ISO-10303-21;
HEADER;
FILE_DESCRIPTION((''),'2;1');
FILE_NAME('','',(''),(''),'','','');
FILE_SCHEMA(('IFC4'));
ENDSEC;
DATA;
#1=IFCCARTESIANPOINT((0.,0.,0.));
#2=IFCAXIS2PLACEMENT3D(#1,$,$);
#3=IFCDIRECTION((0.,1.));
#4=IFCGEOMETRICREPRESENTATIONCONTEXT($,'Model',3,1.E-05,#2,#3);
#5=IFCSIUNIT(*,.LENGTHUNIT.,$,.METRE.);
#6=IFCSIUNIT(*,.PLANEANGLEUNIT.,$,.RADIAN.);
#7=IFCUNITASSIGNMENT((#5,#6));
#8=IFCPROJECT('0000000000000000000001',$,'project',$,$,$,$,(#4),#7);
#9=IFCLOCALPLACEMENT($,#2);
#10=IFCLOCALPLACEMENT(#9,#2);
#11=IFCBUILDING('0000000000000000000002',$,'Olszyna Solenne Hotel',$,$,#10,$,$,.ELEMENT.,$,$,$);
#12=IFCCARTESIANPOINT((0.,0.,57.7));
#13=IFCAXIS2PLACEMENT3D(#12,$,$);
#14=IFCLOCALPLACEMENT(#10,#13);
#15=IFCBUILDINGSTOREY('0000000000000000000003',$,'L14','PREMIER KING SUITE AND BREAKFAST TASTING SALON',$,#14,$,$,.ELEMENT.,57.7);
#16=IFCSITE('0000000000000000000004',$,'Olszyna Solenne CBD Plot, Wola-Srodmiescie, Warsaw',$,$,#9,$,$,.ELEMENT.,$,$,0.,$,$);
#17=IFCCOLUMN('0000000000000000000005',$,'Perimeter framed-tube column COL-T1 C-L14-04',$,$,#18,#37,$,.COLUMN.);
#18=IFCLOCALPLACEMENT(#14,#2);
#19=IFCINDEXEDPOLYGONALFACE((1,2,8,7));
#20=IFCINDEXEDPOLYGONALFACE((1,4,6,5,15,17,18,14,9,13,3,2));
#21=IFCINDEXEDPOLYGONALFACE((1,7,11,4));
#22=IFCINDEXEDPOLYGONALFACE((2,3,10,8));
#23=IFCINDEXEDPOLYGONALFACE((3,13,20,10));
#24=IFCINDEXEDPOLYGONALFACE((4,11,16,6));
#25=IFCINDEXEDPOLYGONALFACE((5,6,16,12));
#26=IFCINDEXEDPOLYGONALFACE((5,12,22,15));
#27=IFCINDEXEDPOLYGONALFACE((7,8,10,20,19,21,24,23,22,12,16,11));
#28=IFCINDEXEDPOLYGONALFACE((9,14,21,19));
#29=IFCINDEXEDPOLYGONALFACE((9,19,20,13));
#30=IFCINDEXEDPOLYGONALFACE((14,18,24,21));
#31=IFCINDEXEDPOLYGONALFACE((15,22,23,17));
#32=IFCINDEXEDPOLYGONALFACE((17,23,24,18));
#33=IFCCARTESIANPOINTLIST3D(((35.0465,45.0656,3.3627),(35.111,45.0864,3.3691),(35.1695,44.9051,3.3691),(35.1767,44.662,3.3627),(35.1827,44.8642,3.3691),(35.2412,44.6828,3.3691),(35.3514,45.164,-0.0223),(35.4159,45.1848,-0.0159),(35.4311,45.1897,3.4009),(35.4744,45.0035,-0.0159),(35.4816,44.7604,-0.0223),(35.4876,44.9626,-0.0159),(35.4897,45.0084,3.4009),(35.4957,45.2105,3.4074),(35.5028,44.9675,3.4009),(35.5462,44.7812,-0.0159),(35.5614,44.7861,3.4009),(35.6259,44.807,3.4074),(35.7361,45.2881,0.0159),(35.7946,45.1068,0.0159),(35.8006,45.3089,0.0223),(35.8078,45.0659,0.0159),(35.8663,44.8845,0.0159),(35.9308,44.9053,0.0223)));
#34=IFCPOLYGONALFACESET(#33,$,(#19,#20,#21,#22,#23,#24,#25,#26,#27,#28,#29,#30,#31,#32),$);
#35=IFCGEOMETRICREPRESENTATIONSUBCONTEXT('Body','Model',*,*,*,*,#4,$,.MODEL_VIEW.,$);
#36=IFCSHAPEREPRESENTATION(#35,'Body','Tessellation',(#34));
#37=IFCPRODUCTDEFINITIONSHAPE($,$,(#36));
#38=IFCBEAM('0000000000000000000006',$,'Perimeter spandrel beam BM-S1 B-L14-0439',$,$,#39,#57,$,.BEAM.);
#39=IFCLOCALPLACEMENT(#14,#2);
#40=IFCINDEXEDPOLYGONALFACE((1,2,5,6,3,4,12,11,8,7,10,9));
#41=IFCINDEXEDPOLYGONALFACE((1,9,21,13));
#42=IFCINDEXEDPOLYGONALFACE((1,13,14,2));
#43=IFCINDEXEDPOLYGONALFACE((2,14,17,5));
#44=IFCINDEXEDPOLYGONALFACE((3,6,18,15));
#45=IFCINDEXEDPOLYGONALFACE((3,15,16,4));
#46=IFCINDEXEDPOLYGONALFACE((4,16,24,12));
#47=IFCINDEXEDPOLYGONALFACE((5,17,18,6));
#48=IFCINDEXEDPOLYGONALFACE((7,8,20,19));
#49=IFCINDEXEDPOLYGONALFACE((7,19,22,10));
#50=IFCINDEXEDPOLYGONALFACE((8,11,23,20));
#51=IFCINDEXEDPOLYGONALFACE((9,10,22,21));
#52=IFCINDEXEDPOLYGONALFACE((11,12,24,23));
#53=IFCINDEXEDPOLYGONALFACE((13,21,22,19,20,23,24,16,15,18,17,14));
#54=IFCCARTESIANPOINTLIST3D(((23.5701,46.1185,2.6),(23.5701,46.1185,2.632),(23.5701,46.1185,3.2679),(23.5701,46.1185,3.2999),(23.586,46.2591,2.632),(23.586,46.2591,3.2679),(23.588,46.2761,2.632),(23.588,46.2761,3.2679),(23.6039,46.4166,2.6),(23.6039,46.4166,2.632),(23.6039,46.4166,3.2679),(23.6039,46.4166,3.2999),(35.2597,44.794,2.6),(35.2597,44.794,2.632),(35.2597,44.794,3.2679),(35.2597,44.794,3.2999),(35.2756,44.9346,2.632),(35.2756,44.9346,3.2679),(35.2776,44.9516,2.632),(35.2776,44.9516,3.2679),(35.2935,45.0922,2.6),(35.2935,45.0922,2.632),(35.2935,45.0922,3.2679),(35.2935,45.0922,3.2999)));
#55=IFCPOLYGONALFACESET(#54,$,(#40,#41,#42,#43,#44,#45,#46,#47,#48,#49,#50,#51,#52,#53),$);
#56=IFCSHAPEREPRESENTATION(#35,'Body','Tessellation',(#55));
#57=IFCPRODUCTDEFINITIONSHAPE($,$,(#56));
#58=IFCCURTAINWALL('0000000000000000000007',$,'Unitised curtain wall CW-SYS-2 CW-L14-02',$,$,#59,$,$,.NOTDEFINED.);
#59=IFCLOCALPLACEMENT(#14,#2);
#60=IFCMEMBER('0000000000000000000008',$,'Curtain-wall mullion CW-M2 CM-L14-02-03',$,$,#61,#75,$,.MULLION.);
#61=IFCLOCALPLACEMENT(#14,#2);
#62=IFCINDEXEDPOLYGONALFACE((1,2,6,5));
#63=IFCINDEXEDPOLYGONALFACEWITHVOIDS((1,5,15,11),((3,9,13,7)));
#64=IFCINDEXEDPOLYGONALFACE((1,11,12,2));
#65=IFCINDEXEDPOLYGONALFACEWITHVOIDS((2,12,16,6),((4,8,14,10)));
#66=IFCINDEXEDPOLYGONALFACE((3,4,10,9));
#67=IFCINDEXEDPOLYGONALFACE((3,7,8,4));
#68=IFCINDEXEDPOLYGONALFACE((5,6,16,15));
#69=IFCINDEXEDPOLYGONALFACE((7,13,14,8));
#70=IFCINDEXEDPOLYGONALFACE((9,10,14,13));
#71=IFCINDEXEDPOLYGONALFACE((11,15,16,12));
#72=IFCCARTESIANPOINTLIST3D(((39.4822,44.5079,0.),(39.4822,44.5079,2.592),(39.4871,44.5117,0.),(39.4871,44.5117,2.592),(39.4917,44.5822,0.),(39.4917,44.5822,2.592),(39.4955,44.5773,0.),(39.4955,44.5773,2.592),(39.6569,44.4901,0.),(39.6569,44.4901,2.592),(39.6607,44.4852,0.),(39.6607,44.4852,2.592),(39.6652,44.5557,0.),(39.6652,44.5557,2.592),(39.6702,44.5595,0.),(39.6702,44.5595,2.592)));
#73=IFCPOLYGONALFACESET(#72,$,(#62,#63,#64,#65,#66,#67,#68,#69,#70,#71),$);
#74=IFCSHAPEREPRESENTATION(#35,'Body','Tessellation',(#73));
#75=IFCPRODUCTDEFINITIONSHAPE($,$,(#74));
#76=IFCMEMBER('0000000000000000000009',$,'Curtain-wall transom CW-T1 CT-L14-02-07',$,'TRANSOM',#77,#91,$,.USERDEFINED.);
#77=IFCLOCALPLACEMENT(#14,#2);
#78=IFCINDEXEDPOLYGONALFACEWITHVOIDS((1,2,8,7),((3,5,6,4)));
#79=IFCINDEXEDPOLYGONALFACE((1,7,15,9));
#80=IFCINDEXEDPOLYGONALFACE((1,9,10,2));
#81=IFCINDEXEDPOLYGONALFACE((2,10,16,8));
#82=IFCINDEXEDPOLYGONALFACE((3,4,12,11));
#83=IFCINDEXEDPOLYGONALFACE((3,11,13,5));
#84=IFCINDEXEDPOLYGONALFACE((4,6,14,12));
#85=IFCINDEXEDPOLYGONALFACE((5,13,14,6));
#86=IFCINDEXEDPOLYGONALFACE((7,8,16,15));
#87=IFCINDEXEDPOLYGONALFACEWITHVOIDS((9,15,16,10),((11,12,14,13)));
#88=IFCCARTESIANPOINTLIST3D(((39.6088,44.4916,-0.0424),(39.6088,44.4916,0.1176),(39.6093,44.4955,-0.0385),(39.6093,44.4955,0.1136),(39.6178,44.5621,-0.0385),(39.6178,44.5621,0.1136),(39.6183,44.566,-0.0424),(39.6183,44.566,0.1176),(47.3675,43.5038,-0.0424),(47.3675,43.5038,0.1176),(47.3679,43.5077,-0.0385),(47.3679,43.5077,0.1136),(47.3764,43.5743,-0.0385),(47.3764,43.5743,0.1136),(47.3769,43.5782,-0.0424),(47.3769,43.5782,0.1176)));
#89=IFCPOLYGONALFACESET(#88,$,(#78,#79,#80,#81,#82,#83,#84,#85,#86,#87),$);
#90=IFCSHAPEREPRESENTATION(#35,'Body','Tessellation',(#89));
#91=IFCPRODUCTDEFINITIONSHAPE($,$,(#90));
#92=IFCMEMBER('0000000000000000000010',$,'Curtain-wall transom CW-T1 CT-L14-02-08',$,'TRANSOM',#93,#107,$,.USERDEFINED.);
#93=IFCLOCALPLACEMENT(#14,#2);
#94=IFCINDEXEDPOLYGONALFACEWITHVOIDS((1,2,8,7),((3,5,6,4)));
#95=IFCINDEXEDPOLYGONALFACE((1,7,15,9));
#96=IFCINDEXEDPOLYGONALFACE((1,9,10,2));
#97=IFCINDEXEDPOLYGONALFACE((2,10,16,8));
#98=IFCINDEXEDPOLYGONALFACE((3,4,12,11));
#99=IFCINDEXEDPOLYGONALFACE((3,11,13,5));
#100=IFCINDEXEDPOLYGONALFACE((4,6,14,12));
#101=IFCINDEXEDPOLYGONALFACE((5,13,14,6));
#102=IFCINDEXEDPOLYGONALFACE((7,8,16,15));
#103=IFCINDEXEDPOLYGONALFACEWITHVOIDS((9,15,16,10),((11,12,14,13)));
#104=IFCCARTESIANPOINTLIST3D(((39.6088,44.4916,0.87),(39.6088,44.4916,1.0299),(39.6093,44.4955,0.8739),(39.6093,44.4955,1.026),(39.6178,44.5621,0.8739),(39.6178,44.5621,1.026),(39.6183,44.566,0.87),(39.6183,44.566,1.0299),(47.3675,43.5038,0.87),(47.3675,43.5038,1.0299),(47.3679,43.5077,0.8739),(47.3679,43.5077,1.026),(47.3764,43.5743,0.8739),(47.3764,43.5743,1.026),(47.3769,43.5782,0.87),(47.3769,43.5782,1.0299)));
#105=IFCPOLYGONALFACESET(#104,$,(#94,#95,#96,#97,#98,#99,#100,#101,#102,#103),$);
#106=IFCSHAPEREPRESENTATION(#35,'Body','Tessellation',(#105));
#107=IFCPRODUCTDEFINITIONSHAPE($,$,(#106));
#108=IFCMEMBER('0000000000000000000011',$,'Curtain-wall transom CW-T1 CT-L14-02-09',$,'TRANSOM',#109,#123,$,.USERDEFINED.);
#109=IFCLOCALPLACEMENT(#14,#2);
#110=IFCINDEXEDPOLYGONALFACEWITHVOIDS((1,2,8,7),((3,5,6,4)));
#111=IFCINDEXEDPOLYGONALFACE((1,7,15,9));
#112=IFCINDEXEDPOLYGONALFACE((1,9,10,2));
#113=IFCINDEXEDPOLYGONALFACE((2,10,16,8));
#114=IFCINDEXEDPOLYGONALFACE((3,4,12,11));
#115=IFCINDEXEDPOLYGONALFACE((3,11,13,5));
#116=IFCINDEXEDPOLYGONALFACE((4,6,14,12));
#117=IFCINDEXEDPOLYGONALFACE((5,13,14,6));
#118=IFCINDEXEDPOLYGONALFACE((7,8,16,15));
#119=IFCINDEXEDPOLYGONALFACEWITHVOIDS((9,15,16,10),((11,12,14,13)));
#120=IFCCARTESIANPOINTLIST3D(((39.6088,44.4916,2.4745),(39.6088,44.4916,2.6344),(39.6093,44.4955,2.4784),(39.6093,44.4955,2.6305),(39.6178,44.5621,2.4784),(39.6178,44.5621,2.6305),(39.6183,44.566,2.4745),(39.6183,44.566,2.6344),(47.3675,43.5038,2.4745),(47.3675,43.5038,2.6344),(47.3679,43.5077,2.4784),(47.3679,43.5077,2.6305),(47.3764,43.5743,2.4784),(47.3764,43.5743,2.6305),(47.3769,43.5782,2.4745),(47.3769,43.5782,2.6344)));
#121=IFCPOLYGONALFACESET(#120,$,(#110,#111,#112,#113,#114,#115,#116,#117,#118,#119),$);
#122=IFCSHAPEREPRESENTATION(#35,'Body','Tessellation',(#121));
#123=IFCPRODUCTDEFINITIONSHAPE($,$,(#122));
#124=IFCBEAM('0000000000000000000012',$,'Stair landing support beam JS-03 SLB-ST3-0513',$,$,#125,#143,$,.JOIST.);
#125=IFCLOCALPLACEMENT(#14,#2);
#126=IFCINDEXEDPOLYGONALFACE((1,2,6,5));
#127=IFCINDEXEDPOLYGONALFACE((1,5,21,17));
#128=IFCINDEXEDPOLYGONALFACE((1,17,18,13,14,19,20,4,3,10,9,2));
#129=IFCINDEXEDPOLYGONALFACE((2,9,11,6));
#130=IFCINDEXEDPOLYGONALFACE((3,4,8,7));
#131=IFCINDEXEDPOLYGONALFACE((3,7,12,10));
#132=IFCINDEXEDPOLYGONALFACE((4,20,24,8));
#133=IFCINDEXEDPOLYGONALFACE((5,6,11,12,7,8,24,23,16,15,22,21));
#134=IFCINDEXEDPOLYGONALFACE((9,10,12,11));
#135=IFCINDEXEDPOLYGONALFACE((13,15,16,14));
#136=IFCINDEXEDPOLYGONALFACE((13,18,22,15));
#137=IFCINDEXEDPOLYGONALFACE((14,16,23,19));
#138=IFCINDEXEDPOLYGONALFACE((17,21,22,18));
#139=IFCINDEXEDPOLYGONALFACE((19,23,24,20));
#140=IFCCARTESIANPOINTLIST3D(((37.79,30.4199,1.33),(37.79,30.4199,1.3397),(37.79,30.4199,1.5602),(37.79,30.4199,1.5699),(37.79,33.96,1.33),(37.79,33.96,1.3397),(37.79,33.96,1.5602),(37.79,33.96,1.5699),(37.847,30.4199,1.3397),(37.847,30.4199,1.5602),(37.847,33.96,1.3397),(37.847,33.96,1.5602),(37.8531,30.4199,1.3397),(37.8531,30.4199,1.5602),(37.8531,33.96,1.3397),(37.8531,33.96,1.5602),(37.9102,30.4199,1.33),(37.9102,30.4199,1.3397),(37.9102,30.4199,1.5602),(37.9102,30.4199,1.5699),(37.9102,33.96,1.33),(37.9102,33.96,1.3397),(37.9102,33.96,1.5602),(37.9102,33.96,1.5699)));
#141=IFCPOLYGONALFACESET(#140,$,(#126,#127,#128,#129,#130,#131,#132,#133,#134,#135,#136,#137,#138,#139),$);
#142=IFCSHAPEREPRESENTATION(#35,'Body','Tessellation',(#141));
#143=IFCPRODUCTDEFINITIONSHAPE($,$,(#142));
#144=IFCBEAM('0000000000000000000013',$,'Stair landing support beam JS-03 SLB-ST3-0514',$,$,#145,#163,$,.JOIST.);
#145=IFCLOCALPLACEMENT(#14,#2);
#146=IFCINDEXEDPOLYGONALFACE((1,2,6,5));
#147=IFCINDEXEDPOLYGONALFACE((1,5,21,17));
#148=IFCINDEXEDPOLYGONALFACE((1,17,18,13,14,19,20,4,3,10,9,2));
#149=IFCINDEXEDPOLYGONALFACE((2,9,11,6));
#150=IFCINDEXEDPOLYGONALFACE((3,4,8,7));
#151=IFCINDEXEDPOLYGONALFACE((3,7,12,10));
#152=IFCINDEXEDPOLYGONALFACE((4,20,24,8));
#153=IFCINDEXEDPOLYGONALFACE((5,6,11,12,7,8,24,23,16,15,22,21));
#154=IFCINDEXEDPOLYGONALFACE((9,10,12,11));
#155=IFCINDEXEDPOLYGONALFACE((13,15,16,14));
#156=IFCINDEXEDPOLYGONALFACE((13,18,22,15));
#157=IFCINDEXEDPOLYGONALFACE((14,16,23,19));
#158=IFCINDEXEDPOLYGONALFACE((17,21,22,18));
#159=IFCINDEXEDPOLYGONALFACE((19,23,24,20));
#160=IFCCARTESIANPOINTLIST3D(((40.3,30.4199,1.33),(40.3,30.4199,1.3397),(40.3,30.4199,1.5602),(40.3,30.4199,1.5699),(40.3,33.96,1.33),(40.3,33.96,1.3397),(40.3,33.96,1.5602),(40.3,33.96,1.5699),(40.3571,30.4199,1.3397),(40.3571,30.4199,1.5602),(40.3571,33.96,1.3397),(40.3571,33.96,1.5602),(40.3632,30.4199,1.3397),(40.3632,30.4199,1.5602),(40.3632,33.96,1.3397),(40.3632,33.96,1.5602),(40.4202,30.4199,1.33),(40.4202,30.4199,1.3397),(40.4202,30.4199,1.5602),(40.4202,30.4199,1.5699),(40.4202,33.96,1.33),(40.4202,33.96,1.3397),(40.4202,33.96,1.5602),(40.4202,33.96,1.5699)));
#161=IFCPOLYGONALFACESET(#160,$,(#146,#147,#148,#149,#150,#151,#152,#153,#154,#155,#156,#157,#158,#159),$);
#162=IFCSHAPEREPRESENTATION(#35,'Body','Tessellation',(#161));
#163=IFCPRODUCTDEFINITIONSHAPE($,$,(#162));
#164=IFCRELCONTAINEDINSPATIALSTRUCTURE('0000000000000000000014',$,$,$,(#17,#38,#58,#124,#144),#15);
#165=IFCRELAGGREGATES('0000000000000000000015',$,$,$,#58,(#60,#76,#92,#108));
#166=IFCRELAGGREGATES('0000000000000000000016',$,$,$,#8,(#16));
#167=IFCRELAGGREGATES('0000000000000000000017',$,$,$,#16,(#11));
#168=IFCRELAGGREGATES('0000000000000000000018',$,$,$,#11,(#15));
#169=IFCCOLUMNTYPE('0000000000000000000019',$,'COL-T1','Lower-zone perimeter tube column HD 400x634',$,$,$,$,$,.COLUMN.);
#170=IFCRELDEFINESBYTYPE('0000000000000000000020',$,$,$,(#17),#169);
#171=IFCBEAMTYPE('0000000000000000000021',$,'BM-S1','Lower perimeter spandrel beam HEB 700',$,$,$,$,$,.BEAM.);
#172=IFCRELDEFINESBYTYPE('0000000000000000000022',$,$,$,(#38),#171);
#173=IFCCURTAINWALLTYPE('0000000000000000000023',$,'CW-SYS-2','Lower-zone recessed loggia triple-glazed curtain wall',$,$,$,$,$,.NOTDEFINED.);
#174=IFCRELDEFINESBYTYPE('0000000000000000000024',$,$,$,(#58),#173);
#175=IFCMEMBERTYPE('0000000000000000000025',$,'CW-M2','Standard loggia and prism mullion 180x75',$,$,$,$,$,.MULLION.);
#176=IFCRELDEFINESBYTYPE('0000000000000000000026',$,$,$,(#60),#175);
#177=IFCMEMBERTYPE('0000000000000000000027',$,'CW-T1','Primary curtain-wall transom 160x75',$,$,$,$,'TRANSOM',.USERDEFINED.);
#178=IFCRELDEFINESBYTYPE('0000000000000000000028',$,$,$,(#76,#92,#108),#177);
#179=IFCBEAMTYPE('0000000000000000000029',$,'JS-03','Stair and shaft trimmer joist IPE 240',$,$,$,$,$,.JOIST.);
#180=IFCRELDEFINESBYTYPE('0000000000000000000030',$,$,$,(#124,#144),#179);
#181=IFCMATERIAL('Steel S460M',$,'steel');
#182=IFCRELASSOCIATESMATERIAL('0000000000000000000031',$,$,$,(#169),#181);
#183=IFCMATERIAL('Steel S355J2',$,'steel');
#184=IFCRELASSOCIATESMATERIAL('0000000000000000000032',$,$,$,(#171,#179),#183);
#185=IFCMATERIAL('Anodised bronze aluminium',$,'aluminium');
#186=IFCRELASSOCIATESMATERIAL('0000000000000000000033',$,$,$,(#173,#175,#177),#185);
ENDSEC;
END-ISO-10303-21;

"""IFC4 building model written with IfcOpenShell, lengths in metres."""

from ifc_helpers import new_model, si_unit, direction, frame, origin, origin_2d, place, context, subcontext, project, spatial, hollow_rectangle, i_section, extrude, source, transform, mapped, material, material_profile, profile_set, type_object, element, aggregate, save


model = new_model("IFC4")

# Units and contexts
model_context = context("Model", 3, precision=1e-05, world=origin(), true_north=direction((0.0, 1.0)))
body_context = subcontext(model_context, "Body", "Model", "MODEL_VIEW")
ifc_project = project(units=[si_unit("LENGTHUNIT", "METRE"), si_unit("PLANEANGLEUNIT", "RADIAN")], contexts=[model_context])

# Site, building, storey
site_placement = place(None, origin())
site = spatial("IfcSite", under=ifc_project, at=site_placement, Name="Olszyna Solenne CBD Plot, Wola-Srodmiescie, Warsaw", CompositionType="ELEMENT", RefElevation=0.0)
building_placement = place(site_placement, origin())
building = spatial("IfcBuilding", under=site, at=building_placement, Name="Olszyna Solenne Hotel", CompositionType="ELEMENT")
storey_placement = place(building_placement, frame((0.0, 0.0, 57.7)))
storey = spatial("IfcBuildingStorey", under=building, at=storey_placement, Name="L14", Description="PREMIER KING SUITE AND BREAKFAST TASTING SALON", CompositionType="ELEMENT", Elevation=57.7)

# Column
ifc_material_1 = material(Name="Steel S460M", Category="steel")
ifc_material_profile_1 = material_profile(ifc_material_1, i_section(OverallWidth=0.4241, OverallDepth=0.4741, WebThickness=0.043, FlangeThickness=0.0681, at=origin_2d()), Name="HD 400x634", Category="load-bearing")
ifc_profile_set_1 = profile_set([ifc_material_profile_1], Name="Steel S460M")
column_type = type_object("IfcColumnType", Name="COL-T1", Description="Lower-zone perimeter tube column HD 400x634", PredefinedType="COLUMN", material=ifc_profile_set_1)
shared_shape_1 = source(origin(), body_context, "Body", "SweptSolid", [
    extrude(i_section(OverallWidth=0.4241, OverallDepth=0.4741, WebThickness=0.043, FlangeThickness=0.0681, at=origin_2d()), origin(), (0.0, 0.0, 1.0), 3.4001),
])
column_placement = place(storey_placement, frame((35.6411, 45.0347, 0.0), z_axis=(-0.089682, -0.028937, 0.99555), x_axis=(0.30707, -0.951687, 0.0)))
element("IfcColumn", 1, at=column_placement, inside=storey, type_object=column_type, Name="Perimeter framed-tube column COL-T1 C-L14-04", PredefinedType="COLUMN", context=body_context, shape_type="MappedRepresentation", body=[
    mapped(shared_shape_1, transform((0.0, 0.0, 0.0), x_axis=(1.0, 0.0, 0.0), y_axis=(0.0, 1.0, 0.0), z_axis=(0.0, 0.0, 1.0), scale=1.0)),
])

# Beam
ifc_material_2 = material(Name="Steel S355J2", Category="steel")
ifc_material_profile_2 = material_profile(ifc_material_2, i_section(OverallWidth=0.3, OverallDepth=0.7, WebThickness=0.0171, FlangeThickness=0.032, at=origin_2d()), Name="HEB 700", Category="load-bearing")
ifc_profile_set_2 = profile_set([ifc_material_profile_2], Name="Steel S355J2")
beam_type_1 = type_object("IfcBeamType", Name="BM-S1", Description="Lower perimeter spandrel beam HEB 700", PredefinedType="BEAM", material=ifc_profile_set_2)
shared_shape_2 = source(origin(), body_context, "Body", "SweptSolid", [
    extrude(i_section(OverallWidth=0.3, OverallDepth=0.7, WebThickness=0.0171, FlangeThickness=0.032, at=origin_2d()), origin(), (0.0, 0.0, 1.0), 11.7644),
])
beam_1_placement = place(storey_placement, frame((35.2766, 44.9431, 2.95), z_axis=(-0.993643, 0.112581, 0.0), x_axis=(-0.112581, -0.993643, 0.0)))
element("IfcBeam", 2, at=beam_1_placement, inside=storey, type_object=beam_type_1, Name="Perimeter spandrel beam BM-S1 B-L14-0439", PredefinedType="BEAM", context=body_context, shape_type="MappedRepresentation", body=[
    mapped(shared_shape_2, transform((0.0, 0.0, 0.0), x_axis=(1.0, 0.0, 0.0), y_axis=(0.0, 1.0, 0.0), z_axis=(0.0, 0.0, 1.0), scale=1.0)),
])

# Curtain wall, members
ifc_material_3 = material(Name="Anodised bronze aluminium", Category="aluminium")
curtain_wall_type = type_object("IfcCurtainWallType", Name="CW-SYS-2", Description="Lower-zone recessed loggia triple-glazed curtain wall", PredefinedType="NOTDEFINED", material=ifc_material_3)
curtain_wall_placement = place(storey_placement, origin())
curtain_wall = element("IfcCurtainWall", 3, at=curtain_wall_placement, inside=storey, type_object=curtain_wall_type, Name="Unitised curtain wall CW-SYS-2 CW-L14-02", PredefinedType="NOTDEFINED")
ifc_material_profile_3 = material_profile(ifc_material_3, hollow_rectangle(XDim=0.075, YDim=0.1799, WallThickness=0.0044, at=origin_2d()), Name="MULL 180x75x4.5", Category="load-bearing")
ifc_profile_set_3 = profile_set([ifc_material_profile_3], Name="Anodised bronze aluminium")
member_type_1 = type_object("IfcMemberType", Name="CW-M2", Description="Standard loggia and prism mullion 180x75", PredefinedType="MULLION", material=ifc_profile_set_3)
shared_shape_3 = source(origin(), body_context, "Body", "SweptSolid", [
    extrude(hollow_rectangle(XDim=0.075, YDim=0.1799, WallThickness=0.0044, at=origin_2d()), origin(), (0.0, 0.0, 1.0), 2.592),
])
member_1_placement = place(storey_placement, frame((39.5762, 44.5337, 0.0), z_axis=(0.0, 0.0, 1.0), x_axis=(0.126308, 0.991991, 0.0)))
member_1 = element("IfcMember", 4, at=member_1_placement, type_object=member_type_1, Name="Curtain-wall mullion CW-M2 CM-L14-02-03", PredefinedType="MULLION", context=body_context, shape_type="MappedRepresentation", body=[
    mapped(shared_shape_3, transform((0.0, 0.0, 0.0), x_axis=(1.0, 0.0, 0.0), y_axis=(0.0, 1.0, 0.0), z_axis=(0.0, 0.0, 1.0), scale=1.0)),
])
ifc_material_profile_4 = material_profile(ifc_material_3, hollow_rectangle(XDim=0.075, YDim=0.1599, WallThickness=0.0039, at=origin_2d()), Name="TRAN 160x75x4", Category="load-bearing")
ifc_profile_set_4 = profile_set([ifc_material_profile_4], Name="Anodised bronze aluminium")
member_type_2 = type_object("IfcMemberType", Name="CW-T1", Description="Primary curtain-wall transom 160x75", ElementType="TRANSOM", PredefinedType="USERDEFINED", material=ifc_profile_set_4)
shared_shape_4 = source(origin(), body_context, "Body", "SweptSolid", [
    extrude(hollow_rectangle(XDim=0.075, YDim=0.1599, WallThickness=0.0039, at=origin_2d()), origin(), (0.0, 0.0, 1.0), 7.8213),
])
member_2_placement = place(storey_placement, frame((39.6135, 44.5288, 0.0376), z_axis=(0.991992, -0.126297, 0.0), x_axis=(0.126297, 0.991992, 0.0)))
member_2 = element("IfcMember", 5, at=member_2_placement, type_object=member_type_2, Name="Curtain-wall transom CW-T1 CT-L14-02-07", ObjectType="TRANSOM", PredefinedType="USERDEFINED", context=body_context, shape_type="MappedRepresentation", body=[
    mapped(shared_shape_4, transform((0.0, 0.0, 0.0), x_axis=(1.0, 0.0, 0.0), y_axis=(0.0, 1.0, 0.0), z_axis=(0.0, 0.0, 1.0), scale=1.0)),
])
member_3_placement = place(storey_placement, frame((39.6135, 44.5288, 0.95), z_axis=(0.991992, -0.126297, 0.0), x_axis=(0.126297, 0.991992, 0.0)))
member_3 = element("IfcMember", 6, at=member_3_placement, type_object=member_type_2, Name="Curtain-wall transom CW-T1 CT-L14-02-08", ObjectType="TRANSOM", PredefinedType="USERDEFINED", context=body_context, shape_type="MappedRepresentation", body=[
    mapped(shared_shape_4, transform((0.0, 0.0, 0.0), x_axis=(1.0, 0.0, 0.0), y_axis=(0.0, 1.0, 0.0), z_axis=(0.0, 0.0, 1.0), scale=1.0)),
])
member_4_placement = place(storey_placement, frame((39.6135, 44.5288, 2.5544), z_axis=(0.991992, -0.126297, 0.0), x_axis=(0.126297, 0.991992, 0.0)))
member_4 = element("IfcMember", 7, at=member_4_placement, type_object=member_type_2, Name="Curtain-wall transom CW-T1 CT-L14-02-09", ObjectType="TRANSOM", PredefinedType="USERDEFINED", context=body_context, shape_type="MappedRepresentation", body=[
    mapped(shared_shape_4, transform((0.0, 0.0, 0.0), x_axis=(1.0, 0.0, 0.0), y_axis=(0.0, 1.0, 0.0), z_axis=(0.0, 0.0, 1.0), scale=1.0)),
])

# Beams
ifc_material_profile_5 = material_profile(ifc_material_2, i_section(OverallWidth=0.1201, OverallDepth=0.24, WebThickness=0.0061, FlangeThickness=0.0098, at=origin_2d()), Name="IPE 240", Category="load-bearing")
ifc_profile_set_5 = profile_set([ifc_material_profile_5], Name="Steel S355J2")
beam_type_2 = type_object("IfcBeamType", Name="JS-03", Description="Stair and shaft trimmer joist IPE 240", PredefinedType="JOIST", material=ifc_profile_set_5)
shared_shape_5 = source(origin(), body_context, "Body", "SweptSolid", [
    extrude(i_section(OverallWidth=0.1201, OverallDepth=0.24, WebThickness=0.0061, FlangeThickness=0.0098, at=origin_2d()), origin(), (0.0, 0.0, 1.0), 3.54),
])
for number, where, z_axis, x_axis, name in (
    (8, (37.8501, 30.4199, 1.45), (0.0, 1.0, 0.0), (-1.0, 0.0, 0.0), "Stair landing support beam JS-03 SLB-ST3-0513"),
    (9, (40.3601, 30.4199, 1.45), (0.0, 1.0, 0.0), (-1.0, 0.0, 0.0), "Stair landing support beam JS-03 SLB-ST3-0514"),
):
    element("IfcBeam", number, at=place(storey_placement, frame(where, z_axis=z_axis, x_axis=x_axis)), inside=storey, type_object=beam_type_2, Name=name, PredefinedType="JOIST", context=body_context, shape_type="MappedRepresentation", body=[
        mapped(shared_shape_5, transform((0.0, 0.0, 0.0), x_axis=(1.0, 0.0, 0.0), y_axis=(0.0, 1.0, 0.0), z_axis=(0.0, 0.0, 1.0), scale=1.0)),
    ])

aggregate(curtain_wall, [member_1, member_2, member_3, member_4])

save(model, "model.ifc")
